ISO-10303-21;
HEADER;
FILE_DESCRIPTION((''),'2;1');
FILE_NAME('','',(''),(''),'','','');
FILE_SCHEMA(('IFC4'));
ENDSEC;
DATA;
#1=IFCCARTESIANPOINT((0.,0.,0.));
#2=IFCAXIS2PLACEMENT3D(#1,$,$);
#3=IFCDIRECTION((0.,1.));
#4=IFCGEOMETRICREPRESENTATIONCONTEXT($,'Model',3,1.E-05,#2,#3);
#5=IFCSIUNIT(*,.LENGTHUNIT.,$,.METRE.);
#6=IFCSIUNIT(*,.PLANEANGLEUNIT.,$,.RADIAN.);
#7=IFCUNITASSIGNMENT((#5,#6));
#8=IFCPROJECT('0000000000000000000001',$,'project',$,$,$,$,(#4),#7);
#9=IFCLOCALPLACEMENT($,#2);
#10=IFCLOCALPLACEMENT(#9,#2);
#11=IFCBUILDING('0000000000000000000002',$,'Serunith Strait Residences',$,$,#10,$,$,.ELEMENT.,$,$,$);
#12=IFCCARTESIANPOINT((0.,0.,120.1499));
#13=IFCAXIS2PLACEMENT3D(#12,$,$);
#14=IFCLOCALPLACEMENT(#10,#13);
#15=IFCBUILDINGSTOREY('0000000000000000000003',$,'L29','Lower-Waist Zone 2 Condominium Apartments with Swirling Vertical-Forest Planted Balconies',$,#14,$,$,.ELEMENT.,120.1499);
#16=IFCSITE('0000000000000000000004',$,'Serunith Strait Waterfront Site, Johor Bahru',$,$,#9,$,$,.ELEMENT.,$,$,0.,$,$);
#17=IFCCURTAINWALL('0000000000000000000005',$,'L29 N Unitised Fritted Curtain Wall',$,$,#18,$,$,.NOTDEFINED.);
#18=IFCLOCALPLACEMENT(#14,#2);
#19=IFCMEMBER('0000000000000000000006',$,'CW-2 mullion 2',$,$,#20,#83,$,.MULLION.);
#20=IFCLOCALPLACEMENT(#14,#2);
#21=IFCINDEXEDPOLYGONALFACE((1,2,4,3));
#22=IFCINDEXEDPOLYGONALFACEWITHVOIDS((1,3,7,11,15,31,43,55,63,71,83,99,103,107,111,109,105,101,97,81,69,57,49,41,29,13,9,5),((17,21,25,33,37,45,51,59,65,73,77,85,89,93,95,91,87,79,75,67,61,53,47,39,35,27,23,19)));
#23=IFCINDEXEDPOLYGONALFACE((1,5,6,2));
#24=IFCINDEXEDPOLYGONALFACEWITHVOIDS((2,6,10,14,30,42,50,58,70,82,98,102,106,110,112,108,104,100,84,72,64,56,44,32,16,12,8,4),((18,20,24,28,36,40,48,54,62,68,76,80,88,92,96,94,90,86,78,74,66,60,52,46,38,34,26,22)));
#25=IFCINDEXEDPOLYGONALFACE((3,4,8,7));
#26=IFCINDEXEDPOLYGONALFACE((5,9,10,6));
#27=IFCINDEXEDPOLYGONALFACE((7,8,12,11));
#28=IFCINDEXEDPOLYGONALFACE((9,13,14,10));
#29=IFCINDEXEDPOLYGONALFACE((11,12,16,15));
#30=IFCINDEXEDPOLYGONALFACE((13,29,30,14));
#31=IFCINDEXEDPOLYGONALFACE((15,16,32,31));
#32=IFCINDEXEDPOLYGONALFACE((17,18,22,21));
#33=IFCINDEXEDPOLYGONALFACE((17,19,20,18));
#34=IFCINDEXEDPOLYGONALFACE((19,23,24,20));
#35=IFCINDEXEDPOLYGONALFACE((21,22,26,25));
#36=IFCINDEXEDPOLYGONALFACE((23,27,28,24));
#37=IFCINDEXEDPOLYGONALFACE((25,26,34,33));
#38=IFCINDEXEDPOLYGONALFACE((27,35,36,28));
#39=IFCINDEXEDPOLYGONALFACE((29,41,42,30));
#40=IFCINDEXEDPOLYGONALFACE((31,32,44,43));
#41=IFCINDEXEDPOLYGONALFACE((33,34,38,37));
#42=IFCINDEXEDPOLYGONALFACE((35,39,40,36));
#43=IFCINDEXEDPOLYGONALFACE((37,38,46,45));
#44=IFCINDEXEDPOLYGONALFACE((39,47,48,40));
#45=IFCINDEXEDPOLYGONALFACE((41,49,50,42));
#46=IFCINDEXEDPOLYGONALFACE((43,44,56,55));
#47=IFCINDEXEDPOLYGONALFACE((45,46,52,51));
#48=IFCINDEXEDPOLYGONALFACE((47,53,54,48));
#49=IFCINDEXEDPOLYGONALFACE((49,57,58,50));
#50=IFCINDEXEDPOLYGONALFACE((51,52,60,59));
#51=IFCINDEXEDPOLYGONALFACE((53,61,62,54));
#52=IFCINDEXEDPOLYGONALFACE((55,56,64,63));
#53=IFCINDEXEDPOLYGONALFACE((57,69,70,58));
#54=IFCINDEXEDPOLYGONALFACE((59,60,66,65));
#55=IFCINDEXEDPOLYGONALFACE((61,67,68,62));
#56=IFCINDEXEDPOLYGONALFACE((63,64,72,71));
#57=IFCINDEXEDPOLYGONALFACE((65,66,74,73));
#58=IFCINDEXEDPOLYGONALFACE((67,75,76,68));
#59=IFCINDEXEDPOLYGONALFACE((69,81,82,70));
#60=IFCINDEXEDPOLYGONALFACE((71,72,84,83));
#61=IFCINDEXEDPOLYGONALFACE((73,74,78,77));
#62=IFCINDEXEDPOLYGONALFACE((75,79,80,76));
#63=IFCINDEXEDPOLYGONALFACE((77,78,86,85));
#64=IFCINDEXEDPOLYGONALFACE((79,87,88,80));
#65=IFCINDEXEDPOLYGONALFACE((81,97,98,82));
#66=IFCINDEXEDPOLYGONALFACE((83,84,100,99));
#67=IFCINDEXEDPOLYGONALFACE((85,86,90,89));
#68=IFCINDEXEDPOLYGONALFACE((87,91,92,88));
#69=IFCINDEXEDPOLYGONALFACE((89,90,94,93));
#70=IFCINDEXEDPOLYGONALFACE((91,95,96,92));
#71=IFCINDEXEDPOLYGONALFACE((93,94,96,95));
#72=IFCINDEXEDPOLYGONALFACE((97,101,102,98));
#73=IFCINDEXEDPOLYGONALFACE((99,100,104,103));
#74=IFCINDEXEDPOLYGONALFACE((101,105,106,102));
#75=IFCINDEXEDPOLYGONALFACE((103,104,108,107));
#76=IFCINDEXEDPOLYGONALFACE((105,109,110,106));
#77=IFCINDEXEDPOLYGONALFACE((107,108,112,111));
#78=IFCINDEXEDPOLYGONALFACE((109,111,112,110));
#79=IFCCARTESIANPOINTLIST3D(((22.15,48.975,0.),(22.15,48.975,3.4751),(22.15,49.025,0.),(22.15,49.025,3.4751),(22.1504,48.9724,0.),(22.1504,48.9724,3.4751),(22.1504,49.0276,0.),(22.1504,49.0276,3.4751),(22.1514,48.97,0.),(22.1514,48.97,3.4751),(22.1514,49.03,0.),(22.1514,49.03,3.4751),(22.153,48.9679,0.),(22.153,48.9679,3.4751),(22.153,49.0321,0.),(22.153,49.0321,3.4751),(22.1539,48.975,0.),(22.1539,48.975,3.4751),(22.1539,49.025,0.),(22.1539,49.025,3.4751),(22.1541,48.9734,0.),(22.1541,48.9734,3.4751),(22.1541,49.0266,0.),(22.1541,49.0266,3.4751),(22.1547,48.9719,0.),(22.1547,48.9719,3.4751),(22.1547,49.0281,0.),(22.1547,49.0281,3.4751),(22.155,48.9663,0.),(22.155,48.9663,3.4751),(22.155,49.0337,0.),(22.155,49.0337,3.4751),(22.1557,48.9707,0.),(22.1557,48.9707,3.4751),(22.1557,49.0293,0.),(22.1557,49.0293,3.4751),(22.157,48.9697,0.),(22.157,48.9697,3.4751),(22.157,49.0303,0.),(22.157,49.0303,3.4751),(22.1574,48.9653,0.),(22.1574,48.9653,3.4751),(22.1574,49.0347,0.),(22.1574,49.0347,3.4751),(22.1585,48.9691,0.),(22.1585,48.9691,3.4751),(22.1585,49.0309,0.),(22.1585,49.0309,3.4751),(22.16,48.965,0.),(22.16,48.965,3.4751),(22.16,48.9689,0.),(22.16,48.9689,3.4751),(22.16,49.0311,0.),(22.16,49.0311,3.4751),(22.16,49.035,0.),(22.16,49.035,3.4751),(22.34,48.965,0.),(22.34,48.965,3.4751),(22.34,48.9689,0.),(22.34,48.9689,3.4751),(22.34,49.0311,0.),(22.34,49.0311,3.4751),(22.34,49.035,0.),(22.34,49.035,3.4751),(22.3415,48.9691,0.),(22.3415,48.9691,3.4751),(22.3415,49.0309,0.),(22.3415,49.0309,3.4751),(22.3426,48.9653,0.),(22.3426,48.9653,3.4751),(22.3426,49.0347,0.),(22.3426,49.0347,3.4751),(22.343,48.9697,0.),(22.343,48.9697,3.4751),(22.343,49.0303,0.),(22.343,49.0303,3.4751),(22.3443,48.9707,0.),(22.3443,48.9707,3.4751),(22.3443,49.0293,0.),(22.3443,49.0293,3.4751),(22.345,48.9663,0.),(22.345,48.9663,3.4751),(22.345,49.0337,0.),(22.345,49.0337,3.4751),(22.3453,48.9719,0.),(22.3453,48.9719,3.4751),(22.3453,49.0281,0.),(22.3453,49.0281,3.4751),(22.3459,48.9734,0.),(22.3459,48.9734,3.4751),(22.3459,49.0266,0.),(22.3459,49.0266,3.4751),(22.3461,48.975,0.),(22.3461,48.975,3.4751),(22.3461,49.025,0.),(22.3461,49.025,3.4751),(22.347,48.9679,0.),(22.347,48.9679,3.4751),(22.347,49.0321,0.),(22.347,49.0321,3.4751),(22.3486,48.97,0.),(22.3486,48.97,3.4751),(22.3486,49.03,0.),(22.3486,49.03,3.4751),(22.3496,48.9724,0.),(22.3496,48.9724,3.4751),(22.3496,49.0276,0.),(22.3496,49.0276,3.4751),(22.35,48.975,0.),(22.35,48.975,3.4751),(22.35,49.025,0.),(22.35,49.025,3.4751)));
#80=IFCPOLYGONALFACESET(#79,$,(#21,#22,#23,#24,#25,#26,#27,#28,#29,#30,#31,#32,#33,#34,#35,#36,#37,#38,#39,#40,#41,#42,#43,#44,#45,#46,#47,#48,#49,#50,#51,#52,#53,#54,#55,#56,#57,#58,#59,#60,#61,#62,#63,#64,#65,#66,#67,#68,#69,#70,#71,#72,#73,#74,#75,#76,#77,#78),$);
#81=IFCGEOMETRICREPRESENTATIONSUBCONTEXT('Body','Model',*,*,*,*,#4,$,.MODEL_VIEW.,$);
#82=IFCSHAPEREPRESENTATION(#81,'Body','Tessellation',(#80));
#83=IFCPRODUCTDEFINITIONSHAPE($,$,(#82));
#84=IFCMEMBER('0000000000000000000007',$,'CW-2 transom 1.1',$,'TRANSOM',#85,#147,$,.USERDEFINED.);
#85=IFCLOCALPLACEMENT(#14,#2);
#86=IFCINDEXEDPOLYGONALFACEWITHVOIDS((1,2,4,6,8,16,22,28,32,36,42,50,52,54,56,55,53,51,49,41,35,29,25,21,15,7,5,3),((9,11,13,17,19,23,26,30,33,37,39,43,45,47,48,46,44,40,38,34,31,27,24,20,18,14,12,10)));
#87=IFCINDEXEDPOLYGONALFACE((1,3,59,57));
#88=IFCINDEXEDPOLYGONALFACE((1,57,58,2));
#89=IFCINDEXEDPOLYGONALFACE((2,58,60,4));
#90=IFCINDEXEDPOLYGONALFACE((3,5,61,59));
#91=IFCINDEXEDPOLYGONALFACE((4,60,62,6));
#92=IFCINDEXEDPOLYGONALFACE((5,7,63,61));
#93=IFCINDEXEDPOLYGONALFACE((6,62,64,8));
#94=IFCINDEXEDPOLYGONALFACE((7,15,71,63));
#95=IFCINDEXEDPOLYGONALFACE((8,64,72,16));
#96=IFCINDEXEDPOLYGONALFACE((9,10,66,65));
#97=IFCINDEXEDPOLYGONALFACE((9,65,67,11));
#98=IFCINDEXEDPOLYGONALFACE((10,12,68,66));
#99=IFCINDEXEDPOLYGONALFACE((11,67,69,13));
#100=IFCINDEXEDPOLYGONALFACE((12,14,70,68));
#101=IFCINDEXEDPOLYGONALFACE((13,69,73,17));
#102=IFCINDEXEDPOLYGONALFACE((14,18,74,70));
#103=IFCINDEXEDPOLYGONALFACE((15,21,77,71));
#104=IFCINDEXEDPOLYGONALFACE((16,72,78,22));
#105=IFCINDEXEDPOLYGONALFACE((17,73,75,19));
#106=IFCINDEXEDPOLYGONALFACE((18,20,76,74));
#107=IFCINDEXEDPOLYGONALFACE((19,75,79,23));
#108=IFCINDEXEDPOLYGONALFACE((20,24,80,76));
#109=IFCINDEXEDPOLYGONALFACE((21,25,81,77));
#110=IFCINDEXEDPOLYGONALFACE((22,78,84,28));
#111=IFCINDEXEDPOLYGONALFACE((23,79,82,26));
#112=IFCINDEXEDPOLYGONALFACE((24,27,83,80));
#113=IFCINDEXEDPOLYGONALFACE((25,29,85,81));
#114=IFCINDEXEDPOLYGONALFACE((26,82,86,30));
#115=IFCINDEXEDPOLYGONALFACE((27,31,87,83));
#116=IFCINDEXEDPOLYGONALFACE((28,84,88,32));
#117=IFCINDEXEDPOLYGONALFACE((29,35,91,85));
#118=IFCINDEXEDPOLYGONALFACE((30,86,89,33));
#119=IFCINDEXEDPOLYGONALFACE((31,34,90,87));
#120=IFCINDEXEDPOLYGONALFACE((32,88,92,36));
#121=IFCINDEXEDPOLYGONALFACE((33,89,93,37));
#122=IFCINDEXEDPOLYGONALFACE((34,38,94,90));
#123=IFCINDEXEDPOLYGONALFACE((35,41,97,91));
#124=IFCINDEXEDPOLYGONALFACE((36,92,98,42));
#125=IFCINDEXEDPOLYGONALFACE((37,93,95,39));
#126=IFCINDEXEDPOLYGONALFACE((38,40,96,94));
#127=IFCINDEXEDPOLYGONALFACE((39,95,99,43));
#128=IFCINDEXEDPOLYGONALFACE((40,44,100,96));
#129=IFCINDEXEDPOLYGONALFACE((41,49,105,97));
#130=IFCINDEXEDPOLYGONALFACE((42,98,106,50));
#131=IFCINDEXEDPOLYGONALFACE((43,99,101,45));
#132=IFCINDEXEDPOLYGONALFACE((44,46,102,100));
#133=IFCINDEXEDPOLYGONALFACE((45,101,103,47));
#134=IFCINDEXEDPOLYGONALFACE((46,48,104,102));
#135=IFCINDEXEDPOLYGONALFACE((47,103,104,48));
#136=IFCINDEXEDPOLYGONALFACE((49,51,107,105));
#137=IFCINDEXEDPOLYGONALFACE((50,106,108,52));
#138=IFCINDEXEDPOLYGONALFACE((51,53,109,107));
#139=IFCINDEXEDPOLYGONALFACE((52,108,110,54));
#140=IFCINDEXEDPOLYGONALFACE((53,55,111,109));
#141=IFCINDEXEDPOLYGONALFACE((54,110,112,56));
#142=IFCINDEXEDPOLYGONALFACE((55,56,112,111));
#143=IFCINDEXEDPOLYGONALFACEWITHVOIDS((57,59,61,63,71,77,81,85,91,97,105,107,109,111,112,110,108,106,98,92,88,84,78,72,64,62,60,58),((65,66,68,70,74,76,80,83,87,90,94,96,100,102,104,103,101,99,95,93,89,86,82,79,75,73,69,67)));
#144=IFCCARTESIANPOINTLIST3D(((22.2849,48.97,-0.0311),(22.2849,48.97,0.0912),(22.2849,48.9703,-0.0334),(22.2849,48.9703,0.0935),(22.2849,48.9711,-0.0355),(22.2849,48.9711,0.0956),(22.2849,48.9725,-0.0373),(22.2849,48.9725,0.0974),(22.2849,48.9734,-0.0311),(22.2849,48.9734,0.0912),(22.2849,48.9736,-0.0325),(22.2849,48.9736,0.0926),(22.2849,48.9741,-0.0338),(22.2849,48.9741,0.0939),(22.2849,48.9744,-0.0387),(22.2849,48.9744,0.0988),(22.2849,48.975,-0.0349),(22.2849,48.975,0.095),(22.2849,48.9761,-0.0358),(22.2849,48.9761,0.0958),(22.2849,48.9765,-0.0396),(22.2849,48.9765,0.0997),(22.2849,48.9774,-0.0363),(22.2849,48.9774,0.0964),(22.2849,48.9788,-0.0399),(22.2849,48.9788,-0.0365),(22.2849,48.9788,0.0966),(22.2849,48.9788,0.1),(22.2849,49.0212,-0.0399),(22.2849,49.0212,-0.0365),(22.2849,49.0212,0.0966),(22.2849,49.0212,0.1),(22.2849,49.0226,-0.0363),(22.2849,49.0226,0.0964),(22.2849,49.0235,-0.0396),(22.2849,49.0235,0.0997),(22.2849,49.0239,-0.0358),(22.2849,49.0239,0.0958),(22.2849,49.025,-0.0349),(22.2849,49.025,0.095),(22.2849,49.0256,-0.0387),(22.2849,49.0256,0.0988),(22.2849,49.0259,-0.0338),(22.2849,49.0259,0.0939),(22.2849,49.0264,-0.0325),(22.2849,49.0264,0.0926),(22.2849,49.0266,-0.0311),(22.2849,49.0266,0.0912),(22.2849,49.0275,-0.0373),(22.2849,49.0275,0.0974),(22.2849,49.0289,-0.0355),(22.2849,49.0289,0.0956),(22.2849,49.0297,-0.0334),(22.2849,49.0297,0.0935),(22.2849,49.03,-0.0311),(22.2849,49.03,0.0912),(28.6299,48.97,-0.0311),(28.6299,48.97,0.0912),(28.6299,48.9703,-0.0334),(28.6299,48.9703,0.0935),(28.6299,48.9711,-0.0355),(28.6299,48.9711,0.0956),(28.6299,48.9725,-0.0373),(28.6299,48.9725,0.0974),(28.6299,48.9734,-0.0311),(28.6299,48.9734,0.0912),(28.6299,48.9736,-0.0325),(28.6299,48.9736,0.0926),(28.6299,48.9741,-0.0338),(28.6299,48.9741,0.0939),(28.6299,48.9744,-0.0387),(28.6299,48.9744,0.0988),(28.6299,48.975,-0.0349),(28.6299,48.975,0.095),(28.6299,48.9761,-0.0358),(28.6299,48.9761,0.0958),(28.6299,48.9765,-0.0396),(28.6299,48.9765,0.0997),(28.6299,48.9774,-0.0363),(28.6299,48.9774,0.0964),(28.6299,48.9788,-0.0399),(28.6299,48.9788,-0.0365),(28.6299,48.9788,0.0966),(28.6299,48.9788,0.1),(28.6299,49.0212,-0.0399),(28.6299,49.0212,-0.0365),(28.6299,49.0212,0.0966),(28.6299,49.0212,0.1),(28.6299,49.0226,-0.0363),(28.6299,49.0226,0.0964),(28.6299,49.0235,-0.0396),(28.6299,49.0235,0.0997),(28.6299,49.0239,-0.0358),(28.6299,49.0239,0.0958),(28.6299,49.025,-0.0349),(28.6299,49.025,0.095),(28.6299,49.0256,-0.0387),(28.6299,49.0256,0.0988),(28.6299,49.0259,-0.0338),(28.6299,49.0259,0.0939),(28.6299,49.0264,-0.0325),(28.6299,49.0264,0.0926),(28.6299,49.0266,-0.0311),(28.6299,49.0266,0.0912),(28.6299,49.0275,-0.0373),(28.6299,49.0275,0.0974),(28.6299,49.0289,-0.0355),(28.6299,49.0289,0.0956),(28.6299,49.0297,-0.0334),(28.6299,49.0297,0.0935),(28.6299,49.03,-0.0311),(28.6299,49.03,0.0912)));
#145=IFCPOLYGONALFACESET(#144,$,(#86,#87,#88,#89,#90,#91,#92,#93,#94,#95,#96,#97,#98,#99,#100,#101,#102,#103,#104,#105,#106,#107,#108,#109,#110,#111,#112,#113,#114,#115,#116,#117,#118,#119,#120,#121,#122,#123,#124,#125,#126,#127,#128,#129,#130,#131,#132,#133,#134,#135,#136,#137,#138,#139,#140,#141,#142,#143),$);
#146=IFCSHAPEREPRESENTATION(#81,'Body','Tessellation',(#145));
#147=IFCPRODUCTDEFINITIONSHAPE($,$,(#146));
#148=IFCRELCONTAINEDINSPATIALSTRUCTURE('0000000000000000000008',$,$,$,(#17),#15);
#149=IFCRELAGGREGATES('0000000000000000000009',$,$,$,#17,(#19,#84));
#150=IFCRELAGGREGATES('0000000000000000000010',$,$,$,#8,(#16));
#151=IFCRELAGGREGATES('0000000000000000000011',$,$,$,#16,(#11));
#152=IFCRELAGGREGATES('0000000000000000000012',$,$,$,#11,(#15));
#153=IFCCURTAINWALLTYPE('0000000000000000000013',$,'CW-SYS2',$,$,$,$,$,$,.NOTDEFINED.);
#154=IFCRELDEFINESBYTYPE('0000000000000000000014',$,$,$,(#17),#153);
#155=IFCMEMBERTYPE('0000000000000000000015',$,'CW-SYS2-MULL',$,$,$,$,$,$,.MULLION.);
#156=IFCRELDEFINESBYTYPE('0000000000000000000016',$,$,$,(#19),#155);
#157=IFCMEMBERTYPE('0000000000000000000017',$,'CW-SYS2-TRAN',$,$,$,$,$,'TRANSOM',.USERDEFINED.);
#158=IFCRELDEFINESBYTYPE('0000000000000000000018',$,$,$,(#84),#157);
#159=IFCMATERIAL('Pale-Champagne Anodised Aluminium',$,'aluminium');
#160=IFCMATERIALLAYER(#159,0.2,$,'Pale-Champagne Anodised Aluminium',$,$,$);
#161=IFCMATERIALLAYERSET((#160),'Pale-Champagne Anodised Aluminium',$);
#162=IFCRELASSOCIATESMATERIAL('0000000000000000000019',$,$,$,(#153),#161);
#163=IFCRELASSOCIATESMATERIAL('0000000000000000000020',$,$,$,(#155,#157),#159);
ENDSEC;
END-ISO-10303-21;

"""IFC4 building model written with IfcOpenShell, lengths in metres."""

from ifc_helpers import new_model, si_unit, direction, frame, origin, origin_2d, place, context, subcontext, project, spatial, hollow_rectangle, extrude, source, transform, mapped, material, layer, layer_set, material_profile, profile_set, type_object, element, aggregate, save


model = new_model("IFC4")

# Units and contexts
model_context = context("Model", 3, precision=1e-05, world=origin(), true_north=direction((0.0, 1.0)))
body_context = subcontext(model_context, "Body", "Model", "MODEL_VIEW")
ifc_project = project(units=[si_unit("LENGTHUNIT", "METRE"), si_unit("PLANEANGLEUNIT", "RADIAN")], contexts=[model_context])

# Site, building, storey
site_placement = place(None, origin())
site = spatial("IfcSite", under=ifc_project, at=site_placement, Name="Serunith Strait Waterfront Site, Johor Bahru", CompositionType="ELEMENT", RefElevation=0.0)
building_placement = place(site_placement, origin())
building = spatial("IfcBuilding", under=site, at=building_placement, Name="Serunith Strait Residences", CompositionType="ELEMENT")
storey_placement = place(building_placement, frame((0.0, 0.0, 120.1499)))
storey = spatial("IfcBuildingStorey", under=building, at=storey_placement, Name="L29", Description="Lower-Waist Zone 2 Condominium Apartments with Swirling Vertical-Forest Planted Balconies", CompositionType="ELEMENT", Elevation=120.1499)

# Curtain wall, members
ifc_material_1 = material(Name="Pale-Champagne Anodised Aluminium", Category="aluminium")
ifc_layer_1 = layer(ifc_material_1, 0.2, Name="Pale-Champagne Anodised Aluminium")
ifc_layer_set_1 = layer_set([ifc_layer_1], Name="Pale-Champagne Anodised Aluminium")
curtain_wall_type = type_object("IfcCurtainWallType", Name="CW-SYS2", PredefinedType="NOTDEFINED", material=ifc_layer_set_1)
curtain_wall_placement = place(storey_placement, origin())
curtain_wall = element("IfcCurtainWall", 1, at=curtain_wall_placement, inside=storey, type_object=curtain_wall_type, Name="L29 N Unitised Fritted Curtain Wall", PredefinedType="NOTDEFINED")
ifc_material_profile_1 = material_profile(ifc_material_1, hollow_rectangle(XDim=0.0701, YDim=0.2, WallThickness=0.0039, InnerFilletRadius=0.0061, OuterFilletRadius=0.01, at=origin_2d()), Name="ALU 200x70x4")
ifc_profile_set_1 = profile_set([ifc_material_profile_1], Name="Pale-Champagne Anodised Aluminium")
member_type_1 = type_object("IfcMemberType", Name="CW-SYS2-MULL", PredefinedType="MULLION", material=ifc_profile_set_1)
shared_shape_1 = source(origin(), body_context, "Body", "SweptSolid", [
    extrude(hollow_rectangle(XDim=0.0701, YDim=0.2, WallThickness=0.0039, InnerFilletRadius=0.0061, OuterFilletRadius=0.01, at=origin_2d()), origin(), (0.0, 0.0, 1.0), 3.4751),
])
member_1_placement = place(storey_placement, frame((22.25, 49.0, 0.0), z_axis=(0.0, 0.0, 1.0), x_axis=(0.0, -1.0, 0.0)))
member_1 = element("IfcMember", 2, at=member_1_placement, type_object=member_type_1, Name="CW-2 mullion 2", PredefinedType="MULLION", context=body_context, shape_type="MappedRepresentation", body=[
    mapped(shared_shape_1, transform((0.0, 0.0, 0.0), scale=1.0)),
])
ifc_material_profile_2 = material_profile(ifc_material_1, hollow_rectangle(XDim=0.0601, YDim=0.1399, WallThickness=0.0034, InnerFilletRadius=0.0054, OuterFilletRadius=0.0088, at=origin_2d()), Name="ALU 140x60x3.5")
ifc_profile_set_2 = profile_set([ifc_material_profile_2], Name="Pale-Champagne Anodised Aluminium")
member_type_2 = type_object("IfcMemberType", Name="CW-SYS2-TRAN", ElementType="TRANSOM", PredefinedType="USERDEFINED", material=ifc_profile_set_2)
shared_shape_2 = source(origin(), body_context, "Body", "SweptSolid", [
    extrude(hollow_rectangle(XDim=0.0601, YDim=0.1399, WallThickness=0.0034, InnerFilletRadius=0.0054, OuterFilletRadius=0.0088, at=origin_2d()), origin(), (0.0, 0.0, 1.0), 6.345),
])
member_2_placement = place(storey_placement, frame((28.6299, 49.0, 0.03), z_axis=(-1.0, 0.0, 0.0), x_axis=(0.0, -1.0, 0.0)))
member_2 = element("IfcMember", 3, at=member_2_placement, type_object=member_type_2, Name="CW-2 transom 1.1", ObjectType="TRANSOM", PredefinedType="USERDEFINED", context=body_context, shape_type="MappedRepresentation", body=[
    mapped(shared_shape_2, transform((0.0, 0.0, 0.0), scale=1.0)),
])
aggregate(curtain_wall, [member_1, member_2])

save(model, "model.ifc")
